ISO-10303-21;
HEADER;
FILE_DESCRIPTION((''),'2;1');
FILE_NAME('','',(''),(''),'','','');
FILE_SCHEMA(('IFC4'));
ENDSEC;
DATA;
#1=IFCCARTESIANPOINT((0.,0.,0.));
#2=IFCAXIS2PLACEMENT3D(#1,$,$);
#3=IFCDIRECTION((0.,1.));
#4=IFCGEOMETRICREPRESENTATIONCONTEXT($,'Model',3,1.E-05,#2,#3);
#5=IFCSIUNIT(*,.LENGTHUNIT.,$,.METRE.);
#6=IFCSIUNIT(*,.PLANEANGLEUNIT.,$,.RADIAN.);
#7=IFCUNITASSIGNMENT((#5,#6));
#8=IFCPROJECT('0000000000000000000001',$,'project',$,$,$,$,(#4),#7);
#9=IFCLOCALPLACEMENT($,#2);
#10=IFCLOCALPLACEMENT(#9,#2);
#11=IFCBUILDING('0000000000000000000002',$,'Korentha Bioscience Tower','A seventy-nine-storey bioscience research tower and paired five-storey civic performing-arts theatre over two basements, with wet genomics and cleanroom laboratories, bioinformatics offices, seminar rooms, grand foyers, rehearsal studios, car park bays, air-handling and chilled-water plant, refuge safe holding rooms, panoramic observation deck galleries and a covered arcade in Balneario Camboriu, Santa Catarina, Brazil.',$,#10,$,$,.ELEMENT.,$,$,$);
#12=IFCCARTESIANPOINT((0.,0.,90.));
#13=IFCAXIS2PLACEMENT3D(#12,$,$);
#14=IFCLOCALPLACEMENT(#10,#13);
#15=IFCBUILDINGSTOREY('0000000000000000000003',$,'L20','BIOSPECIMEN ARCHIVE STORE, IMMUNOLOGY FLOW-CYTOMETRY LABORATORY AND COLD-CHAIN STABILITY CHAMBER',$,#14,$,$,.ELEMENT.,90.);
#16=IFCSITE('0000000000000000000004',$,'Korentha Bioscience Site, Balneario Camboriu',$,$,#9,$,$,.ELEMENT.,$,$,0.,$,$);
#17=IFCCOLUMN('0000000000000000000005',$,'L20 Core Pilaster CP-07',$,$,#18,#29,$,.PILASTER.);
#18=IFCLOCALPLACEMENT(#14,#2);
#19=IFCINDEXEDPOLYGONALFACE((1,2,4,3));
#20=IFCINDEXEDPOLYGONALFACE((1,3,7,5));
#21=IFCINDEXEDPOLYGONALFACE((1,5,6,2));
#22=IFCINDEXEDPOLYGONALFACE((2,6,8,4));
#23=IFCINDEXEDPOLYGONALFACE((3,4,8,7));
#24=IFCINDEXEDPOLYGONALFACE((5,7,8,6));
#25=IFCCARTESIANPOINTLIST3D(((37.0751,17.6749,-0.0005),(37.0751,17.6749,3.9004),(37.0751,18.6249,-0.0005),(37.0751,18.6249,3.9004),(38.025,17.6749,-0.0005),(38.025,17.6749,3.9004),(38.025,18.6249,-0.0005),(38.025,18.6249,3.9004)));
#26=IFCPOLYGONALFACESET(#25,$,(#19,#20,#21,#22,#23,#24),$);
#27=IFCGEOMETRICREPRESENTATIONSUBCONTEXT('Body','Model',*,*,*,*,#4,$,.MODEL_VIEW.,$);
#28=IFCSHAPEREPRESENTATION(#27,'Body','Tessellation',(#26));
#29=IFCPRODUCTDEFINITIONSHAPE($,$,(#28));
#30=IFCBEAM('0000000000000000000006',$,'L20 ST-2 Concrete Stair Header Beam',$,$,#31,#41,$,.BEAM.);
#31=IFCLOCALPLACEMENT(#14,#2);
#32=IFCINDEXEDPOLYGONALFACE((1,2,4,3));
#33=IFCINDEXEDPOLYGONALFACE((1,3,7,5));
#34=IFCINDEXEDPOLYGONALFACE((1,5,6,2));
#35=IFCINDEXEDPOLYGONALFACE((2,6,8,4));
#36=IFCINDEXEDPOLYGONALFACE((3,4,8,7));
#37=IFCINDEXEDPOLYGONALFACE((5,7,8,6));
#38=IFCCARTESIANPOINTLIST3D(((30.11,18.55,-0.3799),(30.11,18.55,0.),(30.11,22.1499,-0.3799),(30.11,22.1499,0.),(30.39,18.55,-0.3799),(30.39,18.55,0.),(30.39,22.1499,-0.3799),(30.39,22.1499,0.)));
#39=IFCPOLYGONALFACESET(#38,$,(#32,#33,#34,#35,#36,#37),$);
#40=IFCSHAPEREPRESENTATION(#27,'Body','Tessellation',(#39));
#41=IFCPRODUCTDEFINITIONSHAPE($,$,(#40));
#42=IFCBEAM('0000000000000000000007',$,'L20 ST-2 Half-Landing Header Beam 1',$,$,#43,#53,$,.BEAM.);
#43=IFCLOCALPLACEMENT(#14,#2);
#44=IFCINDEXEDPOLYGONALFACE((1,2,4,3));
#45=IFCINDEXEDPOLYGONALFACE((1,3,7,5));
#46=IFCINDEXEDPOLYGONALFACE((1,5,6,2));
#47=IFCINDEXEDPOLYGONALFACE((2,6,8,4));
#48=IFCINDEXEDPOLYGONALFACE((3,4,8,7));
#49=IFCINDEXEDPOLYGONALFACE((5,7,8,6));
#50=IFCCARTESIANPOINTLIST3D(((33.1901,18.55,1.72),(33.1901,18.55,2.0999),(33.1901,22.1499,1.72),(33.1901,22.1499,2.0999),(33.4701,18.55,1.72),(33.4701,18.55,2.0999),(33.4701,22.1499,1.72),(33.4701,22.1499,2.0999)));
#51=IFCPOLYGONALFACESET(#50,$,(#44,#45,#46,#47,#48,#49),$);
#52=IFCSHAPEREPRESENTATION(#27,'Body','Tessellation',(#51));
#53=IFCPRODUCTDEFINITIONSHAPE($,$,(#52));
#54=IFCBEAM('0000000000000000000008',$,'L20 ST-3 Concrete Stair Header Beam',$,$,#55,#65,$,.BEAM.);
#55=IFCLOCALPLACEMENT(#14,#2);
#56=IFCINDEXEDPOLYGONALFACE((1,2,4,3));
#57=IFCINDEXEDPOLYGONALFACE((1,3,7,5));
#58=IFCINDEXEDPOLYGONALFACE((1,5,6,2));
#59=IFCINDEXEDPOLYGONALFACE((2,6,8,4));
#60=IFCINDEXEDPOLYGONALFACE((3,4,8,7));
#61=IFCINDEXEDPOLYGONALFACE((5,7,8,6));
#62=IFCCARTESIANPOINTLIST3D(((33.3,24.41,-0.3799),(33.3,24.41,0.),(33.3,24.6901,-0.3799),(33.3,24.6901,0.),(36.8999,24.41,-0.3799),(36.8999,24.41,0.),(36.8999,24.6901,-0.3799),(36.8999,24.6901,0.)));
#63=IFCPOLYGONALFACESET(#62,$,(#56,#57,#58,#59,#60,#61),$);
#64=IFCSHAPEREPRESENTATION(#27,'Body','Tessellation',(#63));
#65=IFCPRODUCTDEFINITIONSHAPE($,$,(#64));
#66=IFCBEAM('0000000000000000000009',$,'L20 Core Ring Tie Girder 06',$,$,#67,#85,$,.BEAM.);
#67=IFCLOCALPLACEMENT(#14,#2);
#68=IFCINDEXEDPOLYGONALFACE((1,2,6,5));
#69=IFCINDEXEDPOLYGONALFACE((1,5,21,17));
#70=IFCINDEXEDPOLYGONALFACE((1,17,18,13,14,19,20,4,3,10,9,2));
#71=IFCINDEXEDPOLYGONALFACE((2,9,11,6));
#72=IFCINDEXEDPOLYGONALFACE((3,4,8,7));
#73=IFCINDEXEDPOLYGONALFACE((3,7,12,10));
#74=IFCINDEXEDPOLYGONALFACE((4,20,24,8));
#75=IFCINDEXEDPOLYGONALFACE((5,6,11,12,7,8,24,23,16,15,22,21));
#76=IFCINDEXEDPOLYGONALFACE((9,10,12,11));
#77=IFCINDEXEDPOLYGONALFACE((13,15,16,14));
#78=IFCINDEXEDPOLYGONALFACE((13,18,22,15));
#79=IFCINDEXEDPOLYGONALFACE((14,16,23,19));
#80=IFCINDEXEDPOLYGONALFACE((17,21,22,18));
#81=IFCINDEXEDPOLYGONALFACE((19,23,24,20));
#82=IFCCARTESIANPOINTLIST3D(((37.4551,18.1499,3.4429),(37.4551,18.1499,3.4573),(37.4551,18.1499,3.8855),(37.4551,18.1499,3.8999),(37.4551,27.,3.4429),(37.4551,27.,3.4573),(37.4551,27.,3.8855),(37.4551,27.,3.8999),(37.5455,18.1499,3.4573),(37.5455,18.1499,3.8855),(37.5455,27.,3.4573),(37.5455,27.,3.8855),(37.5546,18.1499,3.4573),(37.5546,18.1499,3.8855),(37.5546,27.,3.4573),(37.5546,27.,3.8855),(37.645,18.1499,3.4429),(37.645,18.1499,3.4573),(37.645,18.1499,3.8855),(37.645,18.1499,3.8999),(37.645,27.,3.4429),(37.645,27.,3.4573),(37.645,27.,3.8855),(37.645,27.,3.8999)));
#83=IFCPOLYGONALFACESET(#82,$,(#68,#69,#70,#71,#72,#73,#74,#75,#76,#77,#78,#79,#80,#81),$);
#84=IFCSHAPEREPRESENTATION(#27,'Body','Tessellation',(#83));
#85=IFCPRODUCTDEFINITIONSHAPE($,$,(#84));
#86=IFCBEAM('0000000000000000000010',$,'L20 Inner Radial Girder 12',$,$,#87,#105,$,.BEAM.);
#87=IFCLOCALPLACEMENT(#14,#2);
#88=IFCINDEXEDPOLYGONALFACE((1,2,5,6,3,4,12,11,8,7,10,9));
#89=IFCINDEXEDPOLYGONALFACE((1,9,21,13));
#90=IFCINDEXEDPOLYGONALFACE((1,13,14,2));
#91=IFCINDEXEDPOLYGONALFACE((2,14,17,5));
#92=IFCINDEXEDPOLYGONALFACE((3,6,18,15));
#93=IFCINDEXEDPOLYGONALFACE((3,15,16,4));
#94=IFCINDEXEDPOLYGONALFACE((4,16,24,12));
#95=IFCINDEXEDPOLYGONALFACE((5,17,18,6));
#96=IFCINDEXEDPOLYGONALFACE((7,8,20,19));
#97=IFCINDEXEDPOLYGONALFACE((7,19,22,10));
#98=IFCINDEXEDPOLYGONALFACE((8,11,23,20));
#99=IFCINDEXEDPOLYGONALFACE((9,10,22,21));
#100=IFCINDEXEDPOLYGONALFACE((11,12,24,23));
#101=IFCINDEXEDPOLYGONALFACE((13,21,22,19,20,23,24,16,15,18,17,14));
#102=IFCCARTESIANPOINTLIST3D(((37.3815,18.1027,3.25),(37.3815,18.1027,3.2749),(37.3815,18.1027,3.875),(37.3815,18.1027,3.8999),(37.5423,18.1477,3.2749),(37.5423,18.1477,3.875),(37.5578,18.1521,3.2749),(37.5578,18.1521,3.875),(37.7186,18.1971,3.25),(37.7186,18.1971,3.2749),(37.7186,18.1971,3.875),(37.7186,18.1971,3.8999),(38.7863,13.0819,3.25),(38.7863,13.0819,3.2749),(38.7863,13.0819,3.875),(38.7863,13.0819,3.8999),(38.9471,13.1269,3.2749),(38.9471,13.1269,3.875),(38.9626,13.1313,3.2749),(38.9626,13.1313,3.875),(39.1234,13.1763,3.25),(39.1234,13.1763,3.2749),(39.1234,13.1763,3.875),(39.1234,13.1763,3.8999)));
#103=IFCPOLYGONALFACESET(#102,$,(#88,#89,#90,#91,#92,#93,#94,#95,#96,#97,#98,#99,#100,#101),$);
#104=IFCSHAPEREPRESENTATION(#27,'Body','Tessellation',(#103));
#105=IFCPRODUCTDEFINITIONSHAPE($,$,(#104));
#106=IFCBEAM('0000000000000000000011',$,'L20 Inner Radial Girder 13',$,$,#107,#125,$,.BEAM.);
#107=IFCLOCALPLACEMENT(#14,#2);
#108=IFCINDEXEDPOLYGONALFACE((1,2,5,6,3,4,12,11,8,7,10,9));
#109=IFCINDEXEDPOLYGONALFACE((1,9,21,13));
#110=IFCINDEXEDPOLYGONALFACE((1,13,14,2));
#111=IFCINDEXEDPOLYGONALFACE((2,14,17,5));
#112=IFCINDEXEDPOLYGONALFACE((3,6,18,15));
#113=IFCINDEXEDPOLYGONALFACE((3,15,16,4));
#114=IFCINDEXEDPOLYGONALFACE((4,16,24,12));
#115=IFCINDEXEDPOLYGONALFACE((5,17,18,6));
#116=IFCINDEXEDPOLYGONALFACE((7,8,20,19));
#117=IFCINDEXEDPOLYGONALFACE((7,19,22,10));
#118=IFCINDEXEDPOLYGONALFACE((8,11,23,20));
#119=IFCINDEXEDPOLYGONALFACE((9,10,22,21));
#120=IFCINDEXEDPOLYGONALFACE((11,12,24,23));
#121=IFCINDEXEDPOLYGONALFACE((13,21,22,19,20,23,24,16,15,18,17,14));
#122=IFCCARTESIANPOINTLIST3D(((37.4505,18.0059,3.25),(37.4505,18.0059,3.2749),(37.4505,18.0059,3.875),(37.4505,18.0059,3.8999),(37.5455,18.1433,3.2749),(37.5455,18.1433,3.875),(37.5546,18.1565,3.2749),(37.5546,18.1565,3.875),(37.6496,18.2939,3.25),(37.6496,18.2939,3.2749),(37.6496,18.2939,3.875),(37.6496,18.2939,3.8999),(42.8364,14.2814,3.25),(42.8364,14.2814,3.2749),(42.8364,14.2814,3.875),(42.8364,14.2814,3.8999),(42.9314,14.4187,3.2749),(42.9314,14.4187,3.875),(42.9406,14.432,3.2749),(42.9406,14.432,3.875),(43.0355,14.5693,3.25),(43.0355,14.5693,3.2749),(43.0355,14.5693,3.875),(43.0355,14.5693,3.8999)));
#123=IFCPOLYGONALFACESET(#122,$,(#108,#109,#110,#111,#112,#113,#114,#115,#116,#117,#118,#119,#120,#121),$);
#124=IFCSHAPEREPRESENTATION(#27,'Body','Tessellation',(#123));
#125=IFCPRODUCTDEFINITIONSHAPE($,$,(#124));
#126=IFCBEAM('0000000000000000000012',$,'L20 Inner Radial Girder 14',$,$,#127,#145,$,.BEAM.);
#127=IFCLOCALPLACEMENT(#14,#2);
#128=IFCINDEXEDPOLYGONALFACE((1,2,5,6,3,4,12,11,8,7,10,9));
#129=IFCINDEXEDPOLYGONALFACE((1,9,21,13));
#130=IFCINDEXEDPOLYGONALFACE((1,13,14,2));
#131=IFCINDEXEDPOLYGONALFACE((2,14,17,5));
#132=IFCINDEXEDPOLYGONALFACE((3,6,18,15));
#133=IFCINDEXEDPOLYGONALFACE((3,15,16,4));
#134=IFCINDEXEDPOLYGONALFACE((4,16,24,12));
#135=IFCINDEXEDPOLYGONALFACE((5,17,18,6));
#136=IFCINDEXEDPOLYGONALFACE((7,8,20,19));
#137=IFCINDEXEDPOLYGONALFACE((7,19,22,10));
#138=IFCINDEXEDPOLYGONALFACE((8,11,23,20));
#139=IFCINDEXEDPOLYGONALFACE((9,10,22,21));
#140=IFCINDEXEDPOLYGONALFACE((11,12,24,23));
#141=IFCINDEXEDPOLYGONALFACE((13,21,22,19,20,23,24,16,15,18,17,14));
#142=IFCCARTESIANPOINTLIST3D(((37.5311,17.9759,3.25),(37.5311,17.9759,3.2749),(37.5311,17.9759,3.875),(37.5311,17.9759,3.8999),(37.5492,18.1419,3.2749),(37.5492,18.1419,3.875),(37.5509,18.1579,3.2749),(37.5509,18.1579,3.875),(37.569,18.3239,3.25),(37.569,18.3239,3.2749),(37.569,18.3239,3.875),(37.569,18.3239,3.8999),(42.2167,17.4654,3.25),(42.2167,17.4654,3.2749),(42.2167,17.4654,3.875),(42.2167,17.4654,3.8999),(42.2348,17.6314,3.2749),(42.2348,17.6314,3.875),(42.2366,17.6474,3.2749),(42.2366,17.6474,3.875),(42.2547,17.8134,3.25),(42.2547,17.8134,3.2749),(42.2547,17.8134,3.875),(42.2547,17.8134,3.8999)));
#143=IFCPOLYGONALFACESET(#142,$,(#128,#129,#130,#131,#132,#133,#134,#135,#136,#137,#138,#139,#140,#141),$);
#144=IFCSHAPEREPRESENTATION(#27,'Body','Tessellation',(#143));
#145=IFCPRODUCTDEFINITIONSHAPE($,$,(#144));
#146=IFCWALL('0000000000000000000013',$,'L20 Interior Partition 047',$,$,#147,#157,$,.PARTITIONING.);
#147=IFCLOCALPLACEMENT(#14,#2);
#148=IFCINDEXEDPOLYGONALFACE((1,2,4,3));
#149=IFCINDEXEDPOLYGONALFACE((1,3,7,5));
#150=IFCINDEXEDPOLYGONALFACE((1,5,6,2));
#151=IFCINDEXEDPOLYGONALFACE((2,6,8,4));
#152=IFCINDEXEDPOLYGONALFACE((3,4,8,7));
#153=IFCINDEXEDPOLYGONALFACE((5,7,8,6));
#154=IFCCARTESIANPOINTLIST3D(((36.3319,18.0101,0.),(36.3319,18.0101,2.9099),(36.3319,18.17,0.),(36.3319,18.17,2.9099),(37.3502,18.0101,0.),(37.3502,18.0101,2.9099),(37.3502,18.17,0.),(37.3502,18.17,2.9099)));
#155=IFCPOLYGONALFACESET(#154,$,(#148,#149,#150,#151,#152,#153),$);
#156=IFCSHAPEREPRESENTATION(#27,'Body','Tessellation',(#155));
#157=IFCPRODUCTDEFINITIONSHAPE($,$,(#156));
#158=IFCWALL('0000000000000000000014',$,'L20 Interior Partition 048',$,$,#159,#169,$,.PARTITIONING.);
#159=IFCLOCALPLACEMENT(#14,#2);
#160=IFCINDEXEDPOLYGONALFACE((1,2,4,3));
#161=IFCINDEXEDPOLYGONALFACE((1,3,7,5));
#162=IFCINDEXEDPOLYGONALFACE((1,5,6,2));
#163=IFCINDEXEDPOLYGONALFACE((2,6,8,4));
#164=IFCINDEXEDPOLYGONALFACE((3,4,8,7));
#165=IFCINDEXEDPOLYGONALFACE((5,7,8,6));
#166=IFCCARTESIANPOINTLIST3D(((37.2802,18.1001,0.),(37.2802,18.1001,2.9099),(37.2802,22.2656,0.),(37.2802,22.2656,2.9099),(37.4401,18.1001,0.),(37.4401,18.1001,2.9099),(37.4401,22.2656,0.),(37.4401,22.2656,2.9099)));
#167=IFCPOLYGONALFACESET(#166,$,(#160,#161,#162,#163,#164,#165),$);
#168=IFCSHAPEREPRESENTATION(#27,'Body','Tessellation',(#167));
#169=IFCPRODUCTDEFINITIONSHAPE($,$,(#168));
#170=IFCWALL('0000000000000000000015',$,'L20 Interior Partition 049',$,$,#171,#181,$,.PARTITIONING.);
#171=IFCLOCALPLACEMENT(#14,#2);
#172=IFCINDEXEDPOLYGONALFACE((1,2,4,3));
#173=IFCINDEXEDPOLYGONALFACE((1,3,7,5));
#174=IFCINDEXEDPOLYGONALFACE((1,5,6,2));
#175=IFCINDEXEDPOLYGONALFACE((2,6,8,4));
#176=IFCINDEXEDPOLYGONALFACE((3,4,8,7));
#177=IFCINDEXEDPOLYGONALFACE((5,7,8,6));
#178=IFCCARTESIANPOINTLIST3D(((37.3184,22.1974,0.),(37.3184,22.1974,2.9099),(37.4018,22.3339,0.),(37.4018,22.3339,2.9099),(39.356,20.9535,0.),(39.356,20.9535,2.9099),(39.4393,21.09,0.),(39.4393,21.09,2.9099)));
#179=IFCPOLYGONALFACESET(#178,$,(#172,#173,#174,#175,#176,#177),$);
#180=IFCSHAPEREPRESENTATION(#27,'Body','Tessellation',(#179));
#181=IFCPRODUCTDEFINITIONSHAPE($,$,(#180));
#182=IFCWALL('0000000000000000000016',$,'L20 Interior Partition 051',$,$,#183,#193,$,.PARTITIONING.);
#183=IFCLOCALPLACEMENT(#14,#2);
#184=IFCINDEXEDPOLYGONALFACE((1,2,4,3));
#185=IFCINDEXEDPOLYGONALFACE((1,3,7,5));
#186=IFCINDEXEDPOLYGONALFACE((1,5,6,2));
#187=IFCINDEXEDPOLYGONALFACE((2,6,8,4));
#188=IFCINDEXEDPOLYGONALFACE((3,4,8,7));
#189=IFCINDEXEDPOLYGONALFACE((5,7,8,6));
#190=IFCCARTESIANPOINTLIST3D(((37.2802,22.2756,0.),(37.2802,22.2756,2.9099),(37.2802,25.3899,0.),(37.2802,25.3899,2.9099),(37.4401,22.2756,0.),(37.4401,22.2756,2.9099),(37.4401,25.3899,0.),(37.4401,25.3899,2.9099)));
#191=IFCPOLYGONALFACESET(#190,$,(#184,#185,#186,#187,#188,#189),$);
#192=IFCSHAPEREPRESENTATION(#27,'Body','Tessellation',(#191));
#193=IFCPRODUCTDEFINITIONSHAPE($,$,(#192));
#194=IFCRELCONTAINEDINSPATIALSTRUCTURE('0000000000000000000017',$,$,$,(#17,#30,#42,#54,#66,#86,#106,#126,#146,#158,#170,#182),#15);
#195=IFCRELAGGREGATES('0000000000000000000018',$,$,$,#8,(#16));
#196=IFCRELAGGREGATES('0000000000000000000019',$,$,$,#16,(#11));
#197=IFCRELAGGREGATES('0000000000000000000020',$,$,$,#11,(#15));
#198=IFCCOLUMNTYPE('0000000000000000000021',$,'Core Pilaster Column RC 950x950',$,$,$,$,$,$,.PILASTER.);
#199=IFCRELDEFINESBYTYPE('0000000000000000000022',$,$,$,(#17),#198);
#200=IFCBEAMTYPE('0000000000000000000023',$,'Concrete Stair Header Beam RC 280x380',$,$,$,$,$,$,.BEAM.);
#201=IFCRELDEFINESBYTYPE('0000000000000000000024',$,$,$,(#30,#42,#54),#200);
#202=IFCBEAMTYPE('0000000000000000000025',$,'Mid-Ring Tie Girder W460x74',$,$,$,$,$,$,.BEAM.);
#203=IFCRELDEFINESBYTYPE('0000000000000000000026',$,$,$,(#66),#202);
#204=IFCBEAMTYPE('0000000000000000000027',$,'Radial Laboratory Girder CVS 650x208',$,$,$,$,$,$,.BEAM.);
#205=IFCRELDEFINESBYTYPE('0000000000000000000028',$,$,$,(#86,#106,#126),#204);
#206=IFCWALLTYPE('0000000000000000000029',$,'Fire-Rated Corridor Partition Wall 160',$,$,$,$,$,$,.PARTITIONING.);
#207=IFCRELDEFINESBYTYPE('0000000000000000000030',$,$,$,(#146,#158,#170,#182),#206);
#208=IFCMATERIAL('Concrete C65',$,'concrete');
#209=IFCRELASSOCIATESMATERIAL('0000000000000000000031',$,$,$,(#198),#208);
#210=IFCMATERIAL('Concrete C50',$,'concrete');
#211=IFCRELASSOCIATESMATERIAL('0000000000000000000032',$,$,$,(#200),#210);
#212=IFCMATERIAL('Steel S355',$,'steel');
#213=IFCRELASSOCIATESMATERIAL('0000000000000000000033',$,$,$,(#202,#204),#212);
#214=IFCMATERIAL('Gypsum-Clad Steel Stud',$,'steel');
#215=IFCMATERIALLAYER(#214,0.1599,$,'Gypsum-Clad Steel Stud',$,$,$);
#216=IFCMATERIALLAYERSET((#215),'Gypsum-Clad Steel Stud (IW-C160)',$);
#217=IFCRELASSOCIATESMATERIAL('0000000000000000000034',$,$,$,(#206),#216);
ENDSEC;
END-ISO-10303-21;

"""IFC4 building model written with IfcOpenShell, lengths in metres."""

from ifc_helpers import new_model, si_unit, direction, frame, frame_2d, origin, origin_2d, place, context, subcontext, project, spatial, rectangle, i_section, extrude, material, layer, layer_set, material_profile, profile_set, type_object, element, save


model = new_model("IFC4")

# Units and contexts
model_context = context("Model", 3, precision=1e-05, world=origin(), true_north=direction((0.0, 1.0)))
body_context = subcontext(model_context, "Body", "Model", "MODEL_VIEW")
ifc_project = project(units=[si_unit("LENGTHUNIT", "METRE"), si_unit("PLANEANGLEUNIT", "RADIAN")], contexts=[model_context])

# Site, building, storey
site_placement = place(None, origin())
site = spatial("IfcSite", under=ifc_project, at=site_placement, Name="Korentha Bioscience Site, Balneario Camboriu", CompositionType="ELEMENT", RefElevation=0.0)
building_placement = place(site_placement, origin())
building = spatial("IfcBuilding", under=site, at=building_placement, Name="Korentha Bioscience Tower", Description="A seventy-nine-storey bioscience research tower and paired five-storey civic performing-arts theatre over two basements, with wet genomics and cleanroom laboratories, bioinformatics offices, seminar rooms, grand foyers, rehearsal studios, car park bays, air-handling and chilled-water plant, refuge safe holding rooms, panoramic observation deck galleries and a covered arcade in Balneario Camboriu, Santa Catarina, Brazil.", CompositionType="ELEMENT")
storey_placement = place(building_placement, frame((0.0, 0.0, 90.0)))
storey = spatial("IfcBuildingStorey", under=building, at=storey_placement, Name="L20", Description="BIOSPECIMEN ARCHIVE STORE, IMMUNOLOGY FLOW-CYTOMETRY LABORATORY AND COLD-CHAIN STABILITY CHAMBER", CompositionType="ELEMENT", Elevation=90.0)

# Column
ifc_material_1 = material(Name="Concrete C65", Category="concrete")
ifc_material_profile_1 = material_profile(ifc_material_1, rectangle(XDim=0.95, YDim=0.95, at=origin_2d()), Name="Concrete C65")
ifc_profile_set_1 = profile_set([ifc_material_profile_1], Name="Concrete C65 (COL-CP09)")
column_type = type_object("IfcColumnType", Name="Core Pilaster Column RC 950x950", PredefinedType="PILASTER", material=ifc_profile_set_1)
column_placement = place(storey_placement, frame((37.55, 18.1499, -0.0005), z_axis=(0.0, 0.0, 1.0), x_axis=(1.0, 0.0, 0.0)))
element("IfcColumn", 1, at=column_placement, inside=storey, type_object=column_type, Name="L20 Core Pilaster CP-07", PredefinedType="PILASTER", context=body_context, shape_type="SweptSolid", body=[
    extrude(rectangle(XDim=0.95, YDim=0.95, at=origin_2d()), origin(), (0.0, 0.0, 1.0), 3.9009),
])

# Beams
ifc_material_2 = material(Name="Concrete C50", Category="concrete")
ifc_material_profile_2 = material_profile(ifc_material_2, rectangle(XDim=0.28, YDim=0.3799, at=origin_2d()), Name="Concrete C50")
ifc_profile_set_2 = profile_set([ifc_material_profile_2], Name="Concrete C50 (ST-HB380)")
beam_type_1 = type_object("IfcBeamType", Name="Concrete Stair Header Beam RC 280x380", PredefinedType="BEAM", material=ifc_profile_set_2)
for number, where, z_axis, x_axis, name in (
    (2, (30.25, 18.55, -0.1899), (0.0, 1.0, 0.0), (-1.0, 0.0, 0.0), "L20 ST-2 Concrete Stair Header Beam"),
    (3, (33.3301, 18.55, 1.9099), (0.0, 1.0, 0.0), (-1.0, 0.0, 0.0), "L20 ST-2 Half-Landing Header Beam 1"),
    (4, (36.8999, 24.55, -0.1899), (-1.0, 0.0, 0.0), (0.0, -1.0, 0.0), "L20 ST-3 Concrete Stair Header Beam"),
):
    element("IfcBeam", number, at=place(storey_placement, frame(where, z_axis=z_axis, x_axis=x_axis)), inside=storey, type_object=beam_type_1, Name=name, PredefinedType="BEAM", context=body_context, shape_type="SweptSolid", body=[
        extrude(rectangle(XDim=0.28, YDim=0.3799, at=origin_2d()), origin(), (0.0, 0.0, 1.0), 3.5999),
    ])
ifc_material_3 = material(Name="Steel S355", Category="steel")
ifc_material_profile_3 = material_profile(ifc_material_3, i_section(OverallWidth=0.1899, OverallDepth=0.457, WebThickness=0.009, FlangeThickness=0.0144, at=origin_2d()), Name="Steel S355")
ifc_profile_set_3 = profile_set([ifc_material_profile_3], Name="Steel S355 (MB-460)")
beam_type_2 = type_object("IfcBeamType", Name="Mid-Ring Tie Girder W460x74", PredefinedType="BEAM", material=ifc_profile_set_3)
beam_1_placement = place(storey_placement, frame((37.55, 18.1499, 3.6714), z_axis=(0.0, 1.0, 0.0), x_axis=(-1.0, 0.0, 0.0)))
element("IfcBeam", 5, at=beam_1_placement, inside=storey, type_object=beam_type_2, Name="L20 Core Ring Tie Girder 06", PredefinedType="BEAM", context=body_context, shape_type="SweptSolid", body=[
    extrude(i_section(OverallWidth=0.1899, OverallDepth=0.457, WebThickness=0.009, FlangeThickness=0.0144, at=origin_2d()), origin(), (0.0, 0.0, 1.0), 8.8501),
])
ifc_material_profile_4 = material_profile(ifc_material_3, i_section(OverallWidth=0.3501, OverallDepth=0.6499, WebThickness=0.0161, FlangeThickness=0.0249, at=origin_2d()), Name="Steel S355")
ifc_profile_set_4 = profile_set([ifc_material_profile_4], Name="Steel S355 (RB-650)")
beam_type_3 = type_object("IfcBeamType", Name="Radial Laboratory Girder CVS 650x208", PredefinedType="BEAM", material=ifc_profile_set_4)
beam_2_placement = place(storey_placement, frame((37.55, 18.1499, 3.575), z_axis=(0.269448, -0.963015, 0.0), x_axis=(0.963015, 0.269448, 0.0)))
element("IfcBeam", 6, at=beam_2_placement, inside=storey, type_object=beam_type_3, Name="L20 Inner Radial Girder 12", PredefinedType="BEAM", context=body_context, shape_type="SweptSolid", body=[
    extrude(i_section(OverallWidth=0.3501, OverallDepth=0.6499, WebThickness=0.0161, FlangeThickness=0.0249, at=origin_2d()), origin(), (0.0, 0.0, 1.0), 5.2136),
])
beam_3_placement = place(storey_placement, frame((37.55, 18.1499, 3.575), z_axis=(0.822489, -0.568781, 0.0), x_axis=(0.568781, 0.822489, 0.0)))
element("IfcBeam", 7, at=beam_3_placement, inside=storey, type_object=beam_type_3, Name="L20 Inner Radial Girder 13", PredefinedType="BEAM", context=body_context, shape_type="SweptSolid", body=[
    extrude(i_section(OverallWidth=0.3501, OverallDepth=0.6499, WebThickness=0.0161, FlangeThickness=0.0249, at=origin_2d()), origin(), (0.0, 0.0, 1.0), 6.5483),
])
beam_4_placement = place(storey_placement, frame((37.55, 18.1499, 3.575), z_axis=(0.994117, -0.108311, 0.0), x_axis=(0.108311, 0.994117, 0.0)))
element("IfcBeam", 8, at=beam_4_placement, inside=storey, type_object=beam_type_3, Name="L20 Inner Radial Girder 14", PredefinedType="BEAM", context=body_context, shape_type="SweptSolid", body=[
    extrude(i_section(OverallWidth=0.3501, OverallDepth=0.6499, WebThickness=0.0161, FlangeThickness=0.0249, at=origin_2d()), origin(), (0.0, 0.0, 1.0), 4.7134),
])

# Walls
ifc_material_4 = material(Name="Gypsum-Clad Steel Stud", Category="steel")
ifc_layer_1 = layer(ifc_material_4, 0.1599, Name="Gypsum-Clad Steel Stud")
ifc_layer_set_1 = layer_set([ifc_layer_1], Name="Gypsum-Clad Steel Stud (IW-C160)")
wall_type_1 = type_object("IfcWallType", Name="Fire-Rated Corridor Partition Wall 160", PredefinedType="PARTITIONING", material=ifc_layer_set_1)
wall_1_placement = place(storey_placement, frame((36.3318, 18.0901, 0.0), z_axis=(0.0, 0.0, 1.0), x_axis=(1.0, 0.0, 0.0)))
element("IfcWall", 9, at=wall_1_placement, inside=storey, type_object=wall_type_1, Name="L20 Interior Partition 047", PredefinedType="PARTITIONING", context=body_context, shape_type="SweptSolid", body=[
    extrude(rectangle(XDim=1.0183, YDim=0.1599, at=frame_2d((0.5093, 0.0))), origin(), (0.0, 0.0, 1.0), 2.9099),
])
wall_2_placement = place(storey_placement, frame((37.3601, 18.1001, 0.0), z_axis=(0.0, 0.0, 1.0), x_axis=(0.0, 1.0, 0.0)))
element("IfcWall", 10, at=wall_2_placement, inside=storey, type_object=wall_type_1, Name="L20 Interior Partition 048", PredefinedType="PARTITIONING", context=body_context, shape_type="SweptSolid", body=[
    extrude(rectangle(XDim=4.1655, YDim=0.1599, at=frame_2d((2.0828, 0.0))), origin(), (0.0, 0.0, 1.0), 2.9099),
])
wall_3_placement = place(storey_placement, frame((37.3601, 22.2656, 0.0), z_axis=(0.0, 0.0, 1.0), x_axis=(0.853524, -0.521053, 0.0)))
element("IfcWall", 11, at=wall_3_placement, inside=storey, type_object=wall_type_1, Name="L20 Interior Partition 049", PredefinedType="PARTITIONING", context=body_context, shape_type="SweptSolid", body=[
    extrude(rectangle(XDim=2.3872, YDim=0.1599, at=frame_2d((1.1936, 0.0))), origin(), (0.0, 0.0, 1.0), 2.9099),
])
wall_4_placement = place(storey_placement, frame((37.3601, 22.2756, 0.0), z_axis=(0.0, 0.0, 1.0), x_axis=(0.0, 1.0, 0.0)))
element("IfcWall", 12, at=wall_4_placement, inside=storey, type_object=wall_type_1, Name="L20 Interior Partition 051", PredefinedType="PARTITIONING", context=body_context, shape_type="SweptSolid", body=[
    extrude(rectangle(XDim=3.1143, YDim=0.1599, at=frame_2d((1.5571, 0.0))), origin(), (0.0, 0.0, 1.0), 2.9099),
])

save(model, "model.ifc")
